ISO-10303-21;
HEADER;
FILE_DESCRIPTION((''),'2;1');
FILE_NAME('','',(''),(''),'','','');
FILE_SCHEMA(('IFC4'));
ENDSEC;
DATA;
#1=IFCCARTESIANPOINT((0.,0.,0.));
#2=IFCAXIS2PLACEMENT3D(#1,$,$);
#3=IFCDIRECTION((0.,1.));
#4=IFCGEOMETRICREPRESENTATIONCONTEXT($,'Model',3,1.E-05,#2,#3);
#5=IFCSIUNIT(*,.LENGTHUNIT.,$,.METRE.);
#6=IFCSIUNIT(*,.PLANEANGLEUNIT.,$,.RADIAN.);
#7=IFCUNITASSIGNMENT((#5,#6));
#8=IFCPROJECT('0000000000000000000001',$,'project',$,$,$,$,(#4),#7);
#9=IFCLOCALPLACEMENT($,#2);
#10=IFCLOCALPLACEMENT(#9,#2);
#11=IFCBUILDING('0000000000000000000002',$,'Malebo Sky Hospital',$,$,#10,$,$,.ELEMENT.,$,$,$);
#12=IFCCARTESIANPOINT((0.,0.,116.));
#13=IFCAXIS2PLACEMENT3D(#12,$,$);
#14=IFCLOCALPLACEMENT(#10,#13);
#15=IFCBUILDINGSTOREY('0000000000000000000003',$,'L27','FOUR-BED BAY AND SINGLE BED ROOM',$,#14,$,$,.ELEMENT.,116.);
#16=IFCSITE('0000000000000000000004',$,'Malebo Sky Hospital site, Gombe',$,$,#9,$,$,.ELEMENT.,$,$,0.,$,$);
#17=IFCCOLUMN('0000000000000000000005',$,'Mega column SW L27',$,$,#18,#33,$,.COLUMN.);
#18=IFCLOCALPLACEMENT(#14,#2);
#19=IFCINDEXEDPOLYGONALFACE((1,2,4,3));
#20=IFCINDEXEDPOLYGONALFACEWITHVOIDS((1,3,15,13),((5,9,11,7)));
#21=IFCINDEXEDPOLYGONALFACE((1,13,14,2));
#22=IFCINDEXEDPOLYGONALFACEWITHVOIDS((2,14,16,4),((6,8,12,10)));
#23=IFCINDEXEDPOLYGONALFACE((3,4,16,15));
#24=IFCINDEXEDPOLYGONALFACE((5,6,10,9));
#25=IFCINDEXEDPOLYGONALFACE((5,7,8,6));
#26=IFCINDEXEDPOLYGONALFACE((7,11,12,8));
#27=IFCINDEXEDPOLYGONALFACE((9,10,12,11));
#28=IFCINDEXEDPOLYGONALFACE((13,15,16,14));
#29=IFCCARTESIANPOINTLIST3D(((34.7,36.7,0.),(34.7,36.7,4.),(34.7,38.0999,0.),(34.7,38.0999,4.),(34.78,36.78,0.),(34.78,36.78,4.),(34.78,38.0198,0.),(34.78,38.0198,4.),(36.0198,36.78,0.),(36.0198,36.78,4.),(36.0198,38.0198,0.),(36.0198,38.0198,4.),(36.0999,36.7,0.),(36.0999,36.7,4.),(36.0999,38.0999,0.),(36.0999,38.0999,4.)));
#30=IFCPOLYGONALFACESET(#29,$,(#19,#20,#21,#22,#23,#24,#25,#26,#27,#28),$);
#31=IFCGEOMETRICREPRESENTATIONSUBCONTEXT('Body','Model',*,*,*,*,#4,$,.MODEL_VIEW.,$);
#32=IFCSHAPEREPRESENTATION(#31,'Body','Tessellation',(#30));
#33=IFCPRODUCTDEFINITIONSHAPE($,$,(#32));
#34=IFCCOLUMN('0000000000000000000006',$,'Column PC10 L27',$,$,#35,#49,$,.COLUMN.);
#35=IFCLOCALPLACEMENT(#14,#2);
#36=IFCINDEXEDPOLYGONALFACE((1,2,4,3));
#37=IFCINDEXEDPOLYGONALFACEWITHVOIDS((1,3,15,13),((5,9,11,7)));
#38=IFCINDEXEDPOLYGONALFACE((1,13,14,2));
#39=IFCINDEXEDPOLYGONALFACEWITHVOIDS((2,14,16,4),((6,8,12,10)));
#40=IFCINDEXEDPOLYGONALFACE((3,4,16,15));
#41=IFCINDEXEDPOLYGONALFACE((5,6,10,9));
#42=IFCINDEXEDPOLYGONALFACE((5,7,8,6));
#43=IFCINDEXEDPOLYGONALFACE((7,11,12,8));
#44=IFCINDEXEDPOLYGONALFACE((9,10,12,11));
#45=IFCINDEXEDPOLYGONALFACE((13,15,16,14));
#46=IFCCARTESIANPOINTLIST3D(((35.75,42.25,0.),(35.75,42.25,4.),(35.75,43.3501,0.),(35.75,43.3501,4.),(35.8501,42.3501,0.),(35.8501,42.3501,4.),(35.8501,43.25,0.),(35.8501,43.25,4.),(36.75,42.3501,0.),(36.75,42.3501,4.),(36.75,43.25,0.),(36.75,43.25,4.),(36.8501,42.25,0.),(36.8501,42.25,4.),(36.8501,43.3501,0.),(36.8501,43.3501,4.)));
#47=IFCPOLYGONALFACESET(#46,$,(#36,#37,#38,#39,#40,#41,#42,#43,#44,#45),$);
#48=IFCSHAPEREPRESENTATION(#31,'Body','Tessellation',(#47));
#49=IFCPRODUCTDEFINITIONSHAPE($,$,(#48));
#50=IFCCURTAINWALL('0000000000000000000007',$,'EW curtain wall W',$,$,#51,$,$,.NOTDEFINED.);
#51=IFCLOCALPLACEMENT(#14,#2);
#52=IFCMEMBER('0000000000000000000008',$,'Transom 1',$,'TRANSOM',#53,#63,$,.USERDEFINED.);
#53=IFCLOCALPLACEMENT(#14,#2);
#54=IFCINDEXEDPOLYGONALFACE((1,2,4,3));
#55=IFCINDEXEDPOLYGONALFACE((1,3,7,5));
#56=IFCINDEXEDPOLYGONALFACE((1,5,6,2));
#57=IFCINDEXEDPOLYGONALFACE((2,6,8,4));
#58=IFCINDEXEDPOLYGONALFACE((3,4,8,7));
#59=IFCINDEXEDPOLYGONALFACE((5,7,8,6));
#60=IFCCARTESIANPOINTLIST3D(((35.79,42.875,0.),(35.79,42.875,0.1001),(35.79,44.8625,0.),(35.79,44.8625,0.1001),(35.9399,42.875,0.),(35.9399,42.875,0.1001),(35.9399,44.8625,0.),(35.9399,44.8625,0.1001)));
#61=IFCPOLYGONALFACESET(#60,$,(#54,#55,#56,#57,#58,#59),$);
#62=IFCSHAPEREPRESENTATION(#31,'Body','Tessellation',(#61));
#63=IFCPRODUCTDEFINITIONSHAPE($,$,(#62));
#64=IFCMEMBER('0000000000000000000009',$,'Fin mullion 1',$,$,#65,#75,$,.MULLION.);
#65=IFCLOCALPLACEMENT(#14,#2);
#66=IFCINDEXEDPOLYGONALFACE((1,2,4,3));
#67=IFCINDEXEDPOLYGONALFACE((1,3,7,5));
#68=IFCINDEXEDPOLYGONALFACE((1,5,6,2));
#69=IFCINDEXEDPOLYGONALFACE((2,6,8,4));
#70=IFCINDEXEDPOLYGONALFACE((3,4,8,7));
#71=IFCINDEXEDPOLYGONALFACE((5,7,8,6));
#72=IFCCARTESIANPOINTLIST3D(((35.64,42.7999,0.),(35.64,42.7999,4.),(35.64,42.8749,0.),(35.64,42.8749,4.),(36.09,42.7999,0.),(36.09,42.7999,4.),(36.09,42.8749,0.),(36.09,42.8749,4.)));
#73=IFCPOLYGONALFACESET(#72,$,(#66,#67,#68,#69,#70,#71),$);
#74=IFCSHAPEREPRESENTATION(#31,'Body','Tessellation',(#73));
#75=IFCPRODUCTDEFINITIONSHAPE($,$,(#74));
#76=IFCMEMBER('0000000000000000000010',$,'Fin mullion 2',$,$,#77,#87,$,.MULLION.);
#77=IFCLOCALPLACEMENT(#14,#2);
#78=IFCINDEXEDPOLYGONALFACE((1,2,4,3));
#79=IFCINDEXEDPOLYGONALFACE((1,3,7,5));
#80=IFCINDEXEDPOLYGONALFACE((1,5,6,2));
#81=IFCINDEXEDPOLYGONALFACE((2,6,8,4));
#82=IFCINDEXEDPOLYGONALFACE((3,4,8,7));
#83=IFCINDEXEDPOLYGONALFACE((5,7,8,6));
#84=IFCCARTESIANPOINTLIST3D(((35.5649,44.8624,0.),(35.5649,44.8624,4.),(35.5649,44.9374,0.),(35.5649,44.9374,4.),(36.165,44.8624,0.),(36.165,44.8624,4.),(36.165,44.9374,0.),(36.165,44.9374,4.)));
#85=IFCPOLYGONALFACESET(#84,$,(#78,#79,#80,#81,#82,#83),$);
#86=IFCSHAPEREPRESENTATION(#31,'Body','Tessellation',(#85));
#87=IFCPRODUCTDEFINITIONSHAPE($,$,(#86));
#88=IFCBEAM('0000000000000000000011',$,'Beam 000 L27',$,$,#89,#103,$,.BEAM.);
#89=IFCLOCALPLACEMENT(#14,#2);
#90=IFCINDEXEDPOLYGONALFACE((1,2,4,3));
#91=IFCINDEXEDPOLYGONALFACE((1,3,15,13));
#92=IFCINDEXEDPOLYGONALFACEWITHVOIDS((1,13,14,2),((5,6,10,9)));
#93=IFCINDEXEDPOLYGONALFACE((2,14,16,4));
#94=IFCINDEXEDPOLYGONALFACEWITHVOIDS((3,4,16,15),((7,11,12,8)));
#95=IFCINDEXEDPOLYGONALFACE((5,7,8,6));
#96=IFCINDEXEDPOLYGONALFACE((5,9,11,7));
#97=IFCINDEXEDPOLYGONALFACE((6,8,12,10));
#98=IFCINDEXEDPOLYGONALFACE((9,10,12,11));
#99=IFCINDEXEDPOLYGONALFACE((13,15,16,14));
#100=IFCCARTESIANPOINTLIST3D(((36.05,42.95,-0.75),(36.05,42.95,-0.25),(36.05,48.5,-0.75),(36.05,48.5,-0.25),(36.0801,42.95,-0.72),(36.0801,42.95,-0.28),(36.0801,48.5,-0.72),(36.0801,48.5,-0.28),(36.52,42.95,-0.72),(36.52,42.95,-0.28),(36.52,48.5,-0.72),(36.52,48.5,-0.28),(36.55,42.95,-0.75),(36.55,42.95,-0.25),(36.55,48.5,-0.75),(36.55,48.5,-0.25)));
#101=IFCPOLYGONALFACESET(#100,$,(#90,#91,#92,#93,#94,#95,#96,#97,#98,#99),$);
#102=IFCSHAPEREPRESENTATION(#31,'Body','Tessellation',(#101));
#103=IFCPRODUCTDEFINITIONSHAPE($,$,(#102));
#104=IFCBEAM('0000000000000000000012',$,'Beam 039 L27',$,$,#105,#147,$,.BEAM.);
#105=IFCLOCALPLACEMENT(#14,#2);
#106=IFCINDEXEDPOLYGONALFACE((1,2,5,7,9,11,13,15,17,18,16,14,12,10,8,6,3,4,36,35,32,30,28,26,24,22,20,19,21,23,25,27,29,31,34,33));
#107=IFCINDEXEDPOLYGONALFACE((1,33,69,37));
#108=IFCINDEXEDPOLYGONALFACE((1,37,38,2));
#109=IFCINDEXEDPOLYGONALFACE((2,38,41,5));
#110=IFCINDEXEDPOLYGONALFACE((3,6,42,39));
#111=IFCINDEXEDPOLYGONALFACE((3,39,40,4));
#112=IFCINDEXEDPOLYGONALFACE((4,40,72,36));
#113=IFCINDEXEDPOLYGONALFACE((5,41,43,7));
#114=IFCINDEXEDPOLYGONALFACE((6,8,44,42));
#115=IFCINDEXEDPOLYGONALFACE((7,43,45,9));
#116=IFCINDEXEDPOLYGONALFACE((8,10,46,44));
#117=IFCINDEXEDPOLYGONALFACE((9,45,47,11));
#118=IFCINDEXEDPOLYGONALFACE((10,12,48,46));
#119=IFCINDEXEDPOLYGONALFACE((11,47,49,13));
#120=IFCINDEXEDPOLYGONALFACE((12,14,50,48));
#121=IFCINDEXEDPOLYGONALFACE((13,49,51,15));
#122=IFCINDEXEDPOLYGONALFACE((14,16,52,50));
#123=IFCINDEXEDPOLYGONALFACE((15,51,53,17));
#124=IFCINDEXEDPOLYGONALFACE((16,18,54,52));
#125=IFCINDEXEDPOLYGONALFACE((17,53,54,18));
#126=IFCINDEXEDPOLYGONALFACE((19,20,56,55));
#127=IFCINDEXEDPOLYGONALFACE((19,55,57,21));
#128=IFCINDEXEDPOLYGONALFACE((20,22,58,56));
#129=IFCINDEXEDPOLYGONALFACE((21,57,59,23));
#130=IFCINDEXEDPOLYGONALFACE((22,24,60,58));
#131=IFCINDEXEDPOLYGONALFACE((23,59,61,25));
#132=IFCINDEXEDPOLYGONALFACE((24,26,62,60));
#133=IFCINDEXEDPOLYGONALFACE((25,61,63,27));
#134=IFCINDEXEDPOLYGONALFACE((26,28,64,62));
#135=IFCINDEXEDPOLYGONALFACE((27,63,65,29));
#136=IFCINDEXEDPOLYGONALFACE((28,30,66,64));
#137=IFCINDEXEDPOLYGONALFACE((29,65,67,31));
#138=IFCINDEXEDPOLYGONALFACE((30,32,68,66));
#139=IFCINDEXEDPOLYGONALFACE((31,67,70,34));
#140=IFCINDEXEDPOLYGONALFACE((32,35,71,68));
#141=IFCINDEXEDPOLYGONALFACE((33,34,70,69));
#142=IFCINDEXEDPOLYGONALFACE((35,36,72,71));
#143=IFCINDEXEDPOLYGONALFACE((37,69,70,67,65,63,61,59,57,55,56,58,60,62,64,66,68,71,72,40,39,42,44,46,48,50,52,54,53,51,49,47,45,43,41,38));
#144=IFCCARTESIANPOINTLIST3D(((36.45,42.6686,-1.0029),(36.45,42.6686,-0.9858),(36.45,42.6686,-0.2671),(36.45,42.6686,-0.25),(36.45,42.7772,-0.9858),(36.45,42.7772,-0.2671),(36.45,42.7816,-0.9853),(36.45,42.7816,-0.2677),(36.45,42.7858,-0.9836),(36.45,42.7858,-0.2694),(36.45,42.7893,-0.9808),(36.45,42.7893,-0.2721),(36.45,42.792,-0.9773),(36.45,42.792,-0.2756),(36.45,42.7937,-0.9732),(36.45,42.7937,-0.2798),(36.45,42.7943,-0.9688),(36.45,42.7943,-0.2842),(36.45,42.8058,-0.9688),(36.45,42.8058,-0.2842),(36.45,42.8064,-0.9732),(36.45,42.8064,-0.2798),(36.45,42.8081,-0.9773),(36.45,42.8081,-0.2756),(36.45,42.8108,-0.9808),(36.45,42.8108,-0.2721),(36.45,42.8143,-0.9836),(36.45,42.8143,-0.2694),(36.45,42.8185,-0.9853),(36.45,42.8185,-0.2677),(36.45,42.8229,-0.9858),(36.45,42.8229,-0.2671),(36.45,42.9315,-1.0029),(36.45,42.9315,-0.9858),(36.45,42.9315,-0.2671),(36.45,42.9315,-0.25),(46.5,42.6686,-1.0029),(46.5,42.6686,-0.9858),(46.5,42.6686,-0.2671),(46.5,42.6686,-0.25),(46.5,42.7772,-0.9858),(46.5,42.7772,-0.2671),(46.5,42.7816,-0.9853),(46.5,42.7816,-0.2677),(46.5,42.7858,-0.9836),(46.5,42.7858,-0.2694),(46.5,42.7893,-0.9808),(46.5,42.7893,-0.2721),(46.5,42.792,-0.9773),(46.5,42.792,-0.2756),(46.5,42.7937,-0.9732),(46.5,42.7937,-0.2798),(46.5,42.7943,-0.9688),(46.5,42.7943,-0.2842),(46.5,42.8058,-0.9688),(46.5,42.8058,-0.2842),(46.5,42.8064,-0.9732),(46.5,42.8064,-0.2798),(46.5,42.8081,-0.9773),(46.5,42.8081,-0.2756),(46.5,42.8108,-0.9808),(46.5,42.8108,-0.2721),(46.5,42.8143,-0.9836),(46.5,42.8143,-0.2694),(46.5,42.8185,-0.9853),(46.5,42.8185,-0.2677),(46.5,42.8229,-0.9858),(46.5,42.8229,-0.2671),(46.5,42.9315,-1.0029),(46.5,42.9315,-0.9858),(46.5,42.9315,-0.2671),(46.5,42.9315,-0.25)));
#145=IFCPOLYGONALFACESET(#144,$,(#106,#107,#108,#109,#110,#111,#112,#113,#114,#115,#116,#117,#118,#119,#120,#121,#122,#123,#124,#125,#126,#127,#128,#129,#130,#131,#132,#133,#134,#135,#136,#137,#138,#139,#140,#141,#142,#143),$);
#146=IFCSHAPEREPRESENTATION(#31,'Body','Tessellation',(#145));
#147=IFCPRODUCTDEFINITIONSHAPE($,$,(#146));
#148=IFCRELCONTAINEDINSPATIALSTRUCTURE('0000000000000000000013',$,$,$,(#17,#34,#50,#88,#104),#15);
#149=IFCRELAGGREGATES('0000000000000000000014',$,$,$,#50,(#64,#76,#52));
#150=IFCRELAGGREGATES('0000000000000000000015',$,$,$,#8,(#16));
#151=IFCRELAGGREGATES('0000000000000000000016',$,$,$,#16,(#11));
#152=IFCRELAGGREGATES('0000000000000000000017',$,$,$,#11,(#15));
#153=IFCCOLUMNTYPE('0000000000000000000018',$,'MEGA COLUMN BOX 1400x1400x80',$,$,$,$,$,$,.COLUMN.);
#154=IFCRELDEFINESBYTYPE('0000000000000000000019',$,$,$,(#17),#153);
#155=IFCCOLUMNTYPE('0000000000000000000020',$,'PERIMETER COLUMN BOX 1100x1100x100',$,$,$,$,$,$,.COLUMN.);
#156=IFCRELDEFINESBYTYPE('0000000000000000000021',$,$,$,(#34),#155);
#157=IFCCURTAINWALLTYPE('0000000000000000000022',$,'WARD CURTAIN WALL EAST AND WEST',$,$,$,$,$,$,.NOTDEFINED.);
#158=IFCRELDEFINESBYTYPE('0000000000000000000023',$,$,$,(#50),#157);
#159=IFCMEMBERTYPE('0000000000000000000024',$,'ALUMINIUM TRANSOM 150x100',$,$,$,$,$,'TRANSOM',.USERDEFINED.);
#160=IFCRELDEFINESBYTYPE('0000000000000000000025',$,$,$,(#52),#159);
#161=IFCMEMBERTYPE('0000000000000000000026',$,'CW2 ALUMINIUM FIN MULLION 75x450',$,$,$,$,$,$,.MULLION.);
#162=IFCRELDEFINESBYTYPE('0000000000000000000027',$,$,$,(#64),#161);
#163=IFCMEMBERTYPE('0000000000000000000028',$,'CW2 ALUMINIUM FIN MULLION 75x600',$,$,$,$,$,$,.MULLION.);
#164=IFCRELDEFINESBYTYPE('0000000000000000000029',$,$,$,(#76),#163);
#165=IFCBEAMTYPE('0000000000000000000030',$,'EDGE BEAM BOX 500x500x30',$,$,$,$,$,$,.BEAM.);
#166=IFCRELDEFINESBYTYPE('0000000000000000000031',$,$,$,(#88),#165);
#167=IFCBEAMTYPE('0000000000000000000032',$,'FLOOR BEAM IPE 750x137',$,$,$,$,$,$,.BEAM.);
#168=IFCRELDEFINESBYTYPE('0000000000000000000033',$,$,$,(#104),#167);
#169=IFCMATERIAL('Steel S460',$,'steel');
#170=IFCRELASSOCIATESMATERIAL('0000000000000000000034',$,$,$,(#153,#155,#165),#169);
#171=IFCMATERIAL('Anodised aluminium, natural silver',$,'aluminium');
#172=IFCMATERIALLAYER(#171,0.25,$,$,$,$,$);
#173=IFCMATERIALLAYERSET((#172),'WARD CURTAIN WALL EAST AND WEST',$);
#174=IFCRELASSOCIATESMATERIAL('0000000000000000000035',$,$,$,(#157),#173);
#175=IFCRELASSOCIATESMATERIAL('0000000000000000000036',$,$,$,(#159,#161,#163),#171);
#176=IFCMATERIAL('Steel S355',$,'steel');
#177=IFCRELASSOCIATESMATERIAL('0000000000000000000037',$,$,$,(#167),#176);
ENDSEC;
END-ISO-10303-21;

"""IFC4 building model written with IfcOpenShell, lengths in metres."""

from ifc_helpers import new_model, si_unit, direction, frame, origin, origin_2d, place, context, subcontext, project, spatial, rectangle, hollow_rectangle, i_section, extrude, material, layer, layer_set, material_profile, profile_set, type_object, element, aggregate, save


model = new_model("IFC4")

# Units and contexts
model_context = context("Model", 3, precision=1e-05, world=origin(), true_north=direction((0.0, 1.0)))
body_context = subcontext(model_context, "Body", "Model", "MODEL_VIEW")
ifc_project = project(units=[si_unit("LENGTHUNIT", "METRE"), si_unit("PLANEANGLEUNIT", "RADIAN")], contexts=[model_context])

# Site, building, storey
site_placement = place(None, origin())
site = spatial("IfcSite", under=ifc_project, at=site_placement, Name="Malebo Sky Hospital site, Gombe", CompositionType="ELEMENT", RefElevation=0.0)
building_placement = place(site_placement, origin())
building = spatial("IfcBuilding", under=site, at=building_placement, Name="Malebo Sky Hospital", CompositionType="ELEMENT")
storey_placement = place(building_placement, frame((0.0, 0.0, 116.0)))
storey = spatial("IfcBuildingStorey", under=building, at=storey_placement, Name="L27", Description="FOUR-BED BAY AND SINGLE BED ROOM", CompositionType="ELEMENT", Elevation=116.0)

# Columns
ifc_material_1 = material(Name="Steel S460", Category="steel")
ifc_material_profile_1 = material_profile(ifc_material_1, hollow_rectangle(XDim=1.3999, YDim=1.3999, WallThickness=0.0801, at=origin_2d()), Name="BOX 1400x1400x80")
ifc_profile_set_1 = profile_set([ifc_material_profile_1], Name="Steel S460")
column_type_1 = type_object("IfcColumnType", Name="MEGA COLUMN BOX 1400x1400x80", PredefinedType="COLUMN", material=ifc_profile_set_1)
column_1_placement = place(storey_placement, frame((35.3999, 37.3999, 0.0), z_axis=(0.0, 0.0, 1.0), x_axis=(1.0, 0.0, 0.0)))
element("IfcColumn", 1, at=column_1_placement, inside=storey, type_object=column_type_1, Name="Mega column SW L27", PredefinedType="COLUMN", context=body_context, shape_type="SweptSolid", body=[
    extrude(hollow_rectangle(XDim=1.3999, YDim=1.3999, WallThickness=0.0801, at=origin_2d()), origin(), (0.0, 0.0, 1.0), 4.0),
])
ifc_material_profile_2 = material_profile(ifc_material_1, hollow_rectangle(XDim=1.1001, YDim=1.1001, WallThickness=0.1001, at=origin_2d()), Name="BOX 1100x1100x100")
ifc_profile_set_2 = profile_set([ifc_material_profile_2], Name="Steel S460")
column_type_2 = type_object("IfcColumnType", Name="PERIMETER COLUMN BOX 1100x1100x100", PredefinedType="COLUMN", material=ifc_profile_set_2)
column_2_placement = place(storey_placement, frame((36.3, 42.8, 0.0), z_axis=(0.0, 0.0, 1.0), x_axis=(1.0, 0.0, 0.0)))
element("IfcColumn", 2, at=column_2_placement, inside=storey, type_object=column_type_2, Name="Column PC10 L27", PredefinedType="COLUMN", context=body_context, shape_type="SweptSolid", body=[
    extrude(hollow_rectangle(XDim=1.1001, YDim=1.1001, WallThickness=0.1001, at=origin_2d()), origin(), (0.0, 0.0, 1.0), 4.0),
])

# Curtain wall, members
ifc_material_2 = material(Name="Anodised aluminium, natural silver", Category="aluminium")
ifc_layer_1 = layer(ifc_material_2, 0.25)
ifc_layer_set_1 = layer_set([ifc_layer_1], Name="WARD CURTAIN WALL EAST AND WEST")
curtain_wall_type = type_object("IfcCurtainWallType", Name="WARD CURTAIN WALL EAST AND WEST", PredefinedType="NOTDEFINED", material=ifc_layer_set_1)
curtain_wall_placement = place(storey_placement, origin())
curtain_wall = element("IfcCurtainWall", 3, at=curtain_wall_placement, inside=storey, type_object=curtain_wall_type, Name="EW curtain wall W", PredefinedType="NOTDEFINED")
ifc_material_profile_3 = material_profile(ifc_material_2, rectangle(XDim=0.1499, YDim=0.1001, at=origin_2d()), Name="ALUMINIUM TRANSOM 150x100")
ifc_profile_set_3 = profile_set([ifc_material_profile_3], Name="Anodised aluminium, natural silver")
member_type_1 = type_object("IfcMemberType", Name="ALUMINIUM TRANSOM 150x100", ElementType="TRANSOM", PredefinedType="USERDEFINED", material=ifc_profile_set_3)
member_1_placement = place(storey_placement, frame((35.865, 42.875, 0.05), z_axis=(0.0, 1.0, 0.0), x_axis=(-1.0, 0.0, 0.0)))
member_1 = element("IfcMember", 4, at=member_1_placement, type_object=member_type_1, Name="Transom 1", ObjectType="TRANSOM", PredefinedType="USERDEFINED", context=body_context, shape_type="SweptSolid", body=[
    extrude(rectangle(XDim=0.1499, YDim=0.1001, at=origin_2d()), origin(), (0.0, 0.0, 1.0), 1.9875),
])
ifc_material_profile_4 = material_profile(ifc_material_2, rectangle(XDim=0.075, YDim=0.45, at=origin_2d()), Name="CW2 ALUMINIUM FIN MULLION 75x450")
ifc_profile_set_4 = profile_set([ifc_material_profile_4], Name="Anodised aluminium, natural silver")
member_type_2 = type_object("IfcMemberType", Name="CW2 ALUMINIUM FIN MULLION 75x450", PredefinedType="MULLION", material=ifc_profile_set_4)
member_2_placement = place(storey_placement, frame((35.865, 42.8374, 0.0), z_axis=(0.0, 0.0, 1.0), x_axis=(0.0, 1.0, 0.0)))
member_2 = element("IfcMember", 5, at=member_2_placement, type_object=member_type_2, Name="Fin mullion 1", PredefinedType="MULLION", context=body_context, shape_type="SweptSolid", body=[
    extrude(rectangle(XDim=0.075, YDim=0.45, at=origin_2d()), origin(), (0.0, 0.0, 1.0), 4.0),
])
ifc_material_profile_5 = material_profile(ifc_material_2, rectangle(XDim=0.075, YDim=0.6001, at=origin_2d()), Name="CW2 ALUMINIUM FIN MULLION 75x600")
ifc_profile_set_5 = profile_set([ifc_material_profile_5], Name="Anodised aluminium, natural silver")
member_type_3 = type_object("IfcMemberType", Name="CW2 ALUMINIUM FIN MULLION 75x600", PredefinedType="MULLION", material=ifc_profile_set_5)
member_3_placement = place(storey_placement, frame((35.865, 44.8999, 0.0), z_axis=(0.0, 0.0, 1.0), x_axis=(0.0, 1.0, 0.0)))
member_3 = element("IfcMember", 6, at=member_3_placement, type_object=member_type_3, Name="Fin mullion 2", PredefinedType="MULLION", context=body_context, shape_type="SweptSolid", body=[
    extrude(rectangle(XDim=0.075, YDim=0.6001, at=origin_2d()), origin(), (0.0, 0.0, 1.0), 4.0),
])

# Beams
ifc_material_profile_6 = material_profile(ifc_material_1, hollow_rectangle(XDim=0.5, YDim=0.5, WallThickness=0.03, at=origin_2d()), Name="BOX 500x500x30")
ifc_profile_set_6 = profile_set([ifc_material_profile_6], Name="Steel S460")
beam_type_1 = type_object("IfcBeamType", Name="EDGE BEAM BOX 500x500x30", PredefinedType="BEAM", material=ifc_profile_set_6)
beam_1_placement = place(storey_placement, frame((36.3, 42.95, -0.5), z_axis=(0.0, 1.0, 0.0), x_axis=(-1.0, 0.0, 0.0)))
element("IfcBeam", 7, at=beam_1_placement, inside=storey, type_object=beam_type_1, Name="Beam 000 L27", PredefinedType="BEAM", context=body_context, shape_type="SweptSolid", body=[
    extrude(hollow_rectangle(XDim=0.5, YDim=0.5, WallThickness=0.03, at=origin_2d()), origin(), (0.0, 0.0, 1.0), 5.55),
])
ifc_material_3 = material(Name="Steel S355", Category="steel")
ifc_material_profile_7 = material_profile(ifc_material_3, i_section(OverallWidth=0.2629, OverallDepth=0.7529, WebThickness=0.0115, FlangeThickness=0.0171, FilletRadius=0.0171, at=origin_2d()), Name="IPE 750x137")
ifc_profile_set_7 = profile_set([ifc_material_profile_7], Name="Steel S355")
beam_type_2 = type_object("IfcBeamType", Name="FLOOR BEAM IPE 750x137", PredefinedType="BEAM", material=ifc_profile_set_7)
beam_2_placement = place(storey_placement, frame((36.45, 42.8, -0.6265), z_axis=(1.0, 0.0, 0.0), x_axis=(0.0, 1.0, 0.0)))
element("IfcBeam", 8, at=beam_2_placement, inside=storey, type_object=beam_type_2, Name="Beam 039 L27", PredefinedType="BEAM", context=body_context, shape_type="SweptSolid", body=[
    extrude(i_section(OverallWidth=0.2629, OverallDepth=0.7529, WebThickness=0.0115, FlangeThickness=0.0171, FilletRadius=0.0171, at=origin_2d()), origin(), (0.0, 0.0, 1.0), 10.05),
])

aggregate(curtain_wall, [member_2, member_3, member_1])

save(model, "model.ifc")
